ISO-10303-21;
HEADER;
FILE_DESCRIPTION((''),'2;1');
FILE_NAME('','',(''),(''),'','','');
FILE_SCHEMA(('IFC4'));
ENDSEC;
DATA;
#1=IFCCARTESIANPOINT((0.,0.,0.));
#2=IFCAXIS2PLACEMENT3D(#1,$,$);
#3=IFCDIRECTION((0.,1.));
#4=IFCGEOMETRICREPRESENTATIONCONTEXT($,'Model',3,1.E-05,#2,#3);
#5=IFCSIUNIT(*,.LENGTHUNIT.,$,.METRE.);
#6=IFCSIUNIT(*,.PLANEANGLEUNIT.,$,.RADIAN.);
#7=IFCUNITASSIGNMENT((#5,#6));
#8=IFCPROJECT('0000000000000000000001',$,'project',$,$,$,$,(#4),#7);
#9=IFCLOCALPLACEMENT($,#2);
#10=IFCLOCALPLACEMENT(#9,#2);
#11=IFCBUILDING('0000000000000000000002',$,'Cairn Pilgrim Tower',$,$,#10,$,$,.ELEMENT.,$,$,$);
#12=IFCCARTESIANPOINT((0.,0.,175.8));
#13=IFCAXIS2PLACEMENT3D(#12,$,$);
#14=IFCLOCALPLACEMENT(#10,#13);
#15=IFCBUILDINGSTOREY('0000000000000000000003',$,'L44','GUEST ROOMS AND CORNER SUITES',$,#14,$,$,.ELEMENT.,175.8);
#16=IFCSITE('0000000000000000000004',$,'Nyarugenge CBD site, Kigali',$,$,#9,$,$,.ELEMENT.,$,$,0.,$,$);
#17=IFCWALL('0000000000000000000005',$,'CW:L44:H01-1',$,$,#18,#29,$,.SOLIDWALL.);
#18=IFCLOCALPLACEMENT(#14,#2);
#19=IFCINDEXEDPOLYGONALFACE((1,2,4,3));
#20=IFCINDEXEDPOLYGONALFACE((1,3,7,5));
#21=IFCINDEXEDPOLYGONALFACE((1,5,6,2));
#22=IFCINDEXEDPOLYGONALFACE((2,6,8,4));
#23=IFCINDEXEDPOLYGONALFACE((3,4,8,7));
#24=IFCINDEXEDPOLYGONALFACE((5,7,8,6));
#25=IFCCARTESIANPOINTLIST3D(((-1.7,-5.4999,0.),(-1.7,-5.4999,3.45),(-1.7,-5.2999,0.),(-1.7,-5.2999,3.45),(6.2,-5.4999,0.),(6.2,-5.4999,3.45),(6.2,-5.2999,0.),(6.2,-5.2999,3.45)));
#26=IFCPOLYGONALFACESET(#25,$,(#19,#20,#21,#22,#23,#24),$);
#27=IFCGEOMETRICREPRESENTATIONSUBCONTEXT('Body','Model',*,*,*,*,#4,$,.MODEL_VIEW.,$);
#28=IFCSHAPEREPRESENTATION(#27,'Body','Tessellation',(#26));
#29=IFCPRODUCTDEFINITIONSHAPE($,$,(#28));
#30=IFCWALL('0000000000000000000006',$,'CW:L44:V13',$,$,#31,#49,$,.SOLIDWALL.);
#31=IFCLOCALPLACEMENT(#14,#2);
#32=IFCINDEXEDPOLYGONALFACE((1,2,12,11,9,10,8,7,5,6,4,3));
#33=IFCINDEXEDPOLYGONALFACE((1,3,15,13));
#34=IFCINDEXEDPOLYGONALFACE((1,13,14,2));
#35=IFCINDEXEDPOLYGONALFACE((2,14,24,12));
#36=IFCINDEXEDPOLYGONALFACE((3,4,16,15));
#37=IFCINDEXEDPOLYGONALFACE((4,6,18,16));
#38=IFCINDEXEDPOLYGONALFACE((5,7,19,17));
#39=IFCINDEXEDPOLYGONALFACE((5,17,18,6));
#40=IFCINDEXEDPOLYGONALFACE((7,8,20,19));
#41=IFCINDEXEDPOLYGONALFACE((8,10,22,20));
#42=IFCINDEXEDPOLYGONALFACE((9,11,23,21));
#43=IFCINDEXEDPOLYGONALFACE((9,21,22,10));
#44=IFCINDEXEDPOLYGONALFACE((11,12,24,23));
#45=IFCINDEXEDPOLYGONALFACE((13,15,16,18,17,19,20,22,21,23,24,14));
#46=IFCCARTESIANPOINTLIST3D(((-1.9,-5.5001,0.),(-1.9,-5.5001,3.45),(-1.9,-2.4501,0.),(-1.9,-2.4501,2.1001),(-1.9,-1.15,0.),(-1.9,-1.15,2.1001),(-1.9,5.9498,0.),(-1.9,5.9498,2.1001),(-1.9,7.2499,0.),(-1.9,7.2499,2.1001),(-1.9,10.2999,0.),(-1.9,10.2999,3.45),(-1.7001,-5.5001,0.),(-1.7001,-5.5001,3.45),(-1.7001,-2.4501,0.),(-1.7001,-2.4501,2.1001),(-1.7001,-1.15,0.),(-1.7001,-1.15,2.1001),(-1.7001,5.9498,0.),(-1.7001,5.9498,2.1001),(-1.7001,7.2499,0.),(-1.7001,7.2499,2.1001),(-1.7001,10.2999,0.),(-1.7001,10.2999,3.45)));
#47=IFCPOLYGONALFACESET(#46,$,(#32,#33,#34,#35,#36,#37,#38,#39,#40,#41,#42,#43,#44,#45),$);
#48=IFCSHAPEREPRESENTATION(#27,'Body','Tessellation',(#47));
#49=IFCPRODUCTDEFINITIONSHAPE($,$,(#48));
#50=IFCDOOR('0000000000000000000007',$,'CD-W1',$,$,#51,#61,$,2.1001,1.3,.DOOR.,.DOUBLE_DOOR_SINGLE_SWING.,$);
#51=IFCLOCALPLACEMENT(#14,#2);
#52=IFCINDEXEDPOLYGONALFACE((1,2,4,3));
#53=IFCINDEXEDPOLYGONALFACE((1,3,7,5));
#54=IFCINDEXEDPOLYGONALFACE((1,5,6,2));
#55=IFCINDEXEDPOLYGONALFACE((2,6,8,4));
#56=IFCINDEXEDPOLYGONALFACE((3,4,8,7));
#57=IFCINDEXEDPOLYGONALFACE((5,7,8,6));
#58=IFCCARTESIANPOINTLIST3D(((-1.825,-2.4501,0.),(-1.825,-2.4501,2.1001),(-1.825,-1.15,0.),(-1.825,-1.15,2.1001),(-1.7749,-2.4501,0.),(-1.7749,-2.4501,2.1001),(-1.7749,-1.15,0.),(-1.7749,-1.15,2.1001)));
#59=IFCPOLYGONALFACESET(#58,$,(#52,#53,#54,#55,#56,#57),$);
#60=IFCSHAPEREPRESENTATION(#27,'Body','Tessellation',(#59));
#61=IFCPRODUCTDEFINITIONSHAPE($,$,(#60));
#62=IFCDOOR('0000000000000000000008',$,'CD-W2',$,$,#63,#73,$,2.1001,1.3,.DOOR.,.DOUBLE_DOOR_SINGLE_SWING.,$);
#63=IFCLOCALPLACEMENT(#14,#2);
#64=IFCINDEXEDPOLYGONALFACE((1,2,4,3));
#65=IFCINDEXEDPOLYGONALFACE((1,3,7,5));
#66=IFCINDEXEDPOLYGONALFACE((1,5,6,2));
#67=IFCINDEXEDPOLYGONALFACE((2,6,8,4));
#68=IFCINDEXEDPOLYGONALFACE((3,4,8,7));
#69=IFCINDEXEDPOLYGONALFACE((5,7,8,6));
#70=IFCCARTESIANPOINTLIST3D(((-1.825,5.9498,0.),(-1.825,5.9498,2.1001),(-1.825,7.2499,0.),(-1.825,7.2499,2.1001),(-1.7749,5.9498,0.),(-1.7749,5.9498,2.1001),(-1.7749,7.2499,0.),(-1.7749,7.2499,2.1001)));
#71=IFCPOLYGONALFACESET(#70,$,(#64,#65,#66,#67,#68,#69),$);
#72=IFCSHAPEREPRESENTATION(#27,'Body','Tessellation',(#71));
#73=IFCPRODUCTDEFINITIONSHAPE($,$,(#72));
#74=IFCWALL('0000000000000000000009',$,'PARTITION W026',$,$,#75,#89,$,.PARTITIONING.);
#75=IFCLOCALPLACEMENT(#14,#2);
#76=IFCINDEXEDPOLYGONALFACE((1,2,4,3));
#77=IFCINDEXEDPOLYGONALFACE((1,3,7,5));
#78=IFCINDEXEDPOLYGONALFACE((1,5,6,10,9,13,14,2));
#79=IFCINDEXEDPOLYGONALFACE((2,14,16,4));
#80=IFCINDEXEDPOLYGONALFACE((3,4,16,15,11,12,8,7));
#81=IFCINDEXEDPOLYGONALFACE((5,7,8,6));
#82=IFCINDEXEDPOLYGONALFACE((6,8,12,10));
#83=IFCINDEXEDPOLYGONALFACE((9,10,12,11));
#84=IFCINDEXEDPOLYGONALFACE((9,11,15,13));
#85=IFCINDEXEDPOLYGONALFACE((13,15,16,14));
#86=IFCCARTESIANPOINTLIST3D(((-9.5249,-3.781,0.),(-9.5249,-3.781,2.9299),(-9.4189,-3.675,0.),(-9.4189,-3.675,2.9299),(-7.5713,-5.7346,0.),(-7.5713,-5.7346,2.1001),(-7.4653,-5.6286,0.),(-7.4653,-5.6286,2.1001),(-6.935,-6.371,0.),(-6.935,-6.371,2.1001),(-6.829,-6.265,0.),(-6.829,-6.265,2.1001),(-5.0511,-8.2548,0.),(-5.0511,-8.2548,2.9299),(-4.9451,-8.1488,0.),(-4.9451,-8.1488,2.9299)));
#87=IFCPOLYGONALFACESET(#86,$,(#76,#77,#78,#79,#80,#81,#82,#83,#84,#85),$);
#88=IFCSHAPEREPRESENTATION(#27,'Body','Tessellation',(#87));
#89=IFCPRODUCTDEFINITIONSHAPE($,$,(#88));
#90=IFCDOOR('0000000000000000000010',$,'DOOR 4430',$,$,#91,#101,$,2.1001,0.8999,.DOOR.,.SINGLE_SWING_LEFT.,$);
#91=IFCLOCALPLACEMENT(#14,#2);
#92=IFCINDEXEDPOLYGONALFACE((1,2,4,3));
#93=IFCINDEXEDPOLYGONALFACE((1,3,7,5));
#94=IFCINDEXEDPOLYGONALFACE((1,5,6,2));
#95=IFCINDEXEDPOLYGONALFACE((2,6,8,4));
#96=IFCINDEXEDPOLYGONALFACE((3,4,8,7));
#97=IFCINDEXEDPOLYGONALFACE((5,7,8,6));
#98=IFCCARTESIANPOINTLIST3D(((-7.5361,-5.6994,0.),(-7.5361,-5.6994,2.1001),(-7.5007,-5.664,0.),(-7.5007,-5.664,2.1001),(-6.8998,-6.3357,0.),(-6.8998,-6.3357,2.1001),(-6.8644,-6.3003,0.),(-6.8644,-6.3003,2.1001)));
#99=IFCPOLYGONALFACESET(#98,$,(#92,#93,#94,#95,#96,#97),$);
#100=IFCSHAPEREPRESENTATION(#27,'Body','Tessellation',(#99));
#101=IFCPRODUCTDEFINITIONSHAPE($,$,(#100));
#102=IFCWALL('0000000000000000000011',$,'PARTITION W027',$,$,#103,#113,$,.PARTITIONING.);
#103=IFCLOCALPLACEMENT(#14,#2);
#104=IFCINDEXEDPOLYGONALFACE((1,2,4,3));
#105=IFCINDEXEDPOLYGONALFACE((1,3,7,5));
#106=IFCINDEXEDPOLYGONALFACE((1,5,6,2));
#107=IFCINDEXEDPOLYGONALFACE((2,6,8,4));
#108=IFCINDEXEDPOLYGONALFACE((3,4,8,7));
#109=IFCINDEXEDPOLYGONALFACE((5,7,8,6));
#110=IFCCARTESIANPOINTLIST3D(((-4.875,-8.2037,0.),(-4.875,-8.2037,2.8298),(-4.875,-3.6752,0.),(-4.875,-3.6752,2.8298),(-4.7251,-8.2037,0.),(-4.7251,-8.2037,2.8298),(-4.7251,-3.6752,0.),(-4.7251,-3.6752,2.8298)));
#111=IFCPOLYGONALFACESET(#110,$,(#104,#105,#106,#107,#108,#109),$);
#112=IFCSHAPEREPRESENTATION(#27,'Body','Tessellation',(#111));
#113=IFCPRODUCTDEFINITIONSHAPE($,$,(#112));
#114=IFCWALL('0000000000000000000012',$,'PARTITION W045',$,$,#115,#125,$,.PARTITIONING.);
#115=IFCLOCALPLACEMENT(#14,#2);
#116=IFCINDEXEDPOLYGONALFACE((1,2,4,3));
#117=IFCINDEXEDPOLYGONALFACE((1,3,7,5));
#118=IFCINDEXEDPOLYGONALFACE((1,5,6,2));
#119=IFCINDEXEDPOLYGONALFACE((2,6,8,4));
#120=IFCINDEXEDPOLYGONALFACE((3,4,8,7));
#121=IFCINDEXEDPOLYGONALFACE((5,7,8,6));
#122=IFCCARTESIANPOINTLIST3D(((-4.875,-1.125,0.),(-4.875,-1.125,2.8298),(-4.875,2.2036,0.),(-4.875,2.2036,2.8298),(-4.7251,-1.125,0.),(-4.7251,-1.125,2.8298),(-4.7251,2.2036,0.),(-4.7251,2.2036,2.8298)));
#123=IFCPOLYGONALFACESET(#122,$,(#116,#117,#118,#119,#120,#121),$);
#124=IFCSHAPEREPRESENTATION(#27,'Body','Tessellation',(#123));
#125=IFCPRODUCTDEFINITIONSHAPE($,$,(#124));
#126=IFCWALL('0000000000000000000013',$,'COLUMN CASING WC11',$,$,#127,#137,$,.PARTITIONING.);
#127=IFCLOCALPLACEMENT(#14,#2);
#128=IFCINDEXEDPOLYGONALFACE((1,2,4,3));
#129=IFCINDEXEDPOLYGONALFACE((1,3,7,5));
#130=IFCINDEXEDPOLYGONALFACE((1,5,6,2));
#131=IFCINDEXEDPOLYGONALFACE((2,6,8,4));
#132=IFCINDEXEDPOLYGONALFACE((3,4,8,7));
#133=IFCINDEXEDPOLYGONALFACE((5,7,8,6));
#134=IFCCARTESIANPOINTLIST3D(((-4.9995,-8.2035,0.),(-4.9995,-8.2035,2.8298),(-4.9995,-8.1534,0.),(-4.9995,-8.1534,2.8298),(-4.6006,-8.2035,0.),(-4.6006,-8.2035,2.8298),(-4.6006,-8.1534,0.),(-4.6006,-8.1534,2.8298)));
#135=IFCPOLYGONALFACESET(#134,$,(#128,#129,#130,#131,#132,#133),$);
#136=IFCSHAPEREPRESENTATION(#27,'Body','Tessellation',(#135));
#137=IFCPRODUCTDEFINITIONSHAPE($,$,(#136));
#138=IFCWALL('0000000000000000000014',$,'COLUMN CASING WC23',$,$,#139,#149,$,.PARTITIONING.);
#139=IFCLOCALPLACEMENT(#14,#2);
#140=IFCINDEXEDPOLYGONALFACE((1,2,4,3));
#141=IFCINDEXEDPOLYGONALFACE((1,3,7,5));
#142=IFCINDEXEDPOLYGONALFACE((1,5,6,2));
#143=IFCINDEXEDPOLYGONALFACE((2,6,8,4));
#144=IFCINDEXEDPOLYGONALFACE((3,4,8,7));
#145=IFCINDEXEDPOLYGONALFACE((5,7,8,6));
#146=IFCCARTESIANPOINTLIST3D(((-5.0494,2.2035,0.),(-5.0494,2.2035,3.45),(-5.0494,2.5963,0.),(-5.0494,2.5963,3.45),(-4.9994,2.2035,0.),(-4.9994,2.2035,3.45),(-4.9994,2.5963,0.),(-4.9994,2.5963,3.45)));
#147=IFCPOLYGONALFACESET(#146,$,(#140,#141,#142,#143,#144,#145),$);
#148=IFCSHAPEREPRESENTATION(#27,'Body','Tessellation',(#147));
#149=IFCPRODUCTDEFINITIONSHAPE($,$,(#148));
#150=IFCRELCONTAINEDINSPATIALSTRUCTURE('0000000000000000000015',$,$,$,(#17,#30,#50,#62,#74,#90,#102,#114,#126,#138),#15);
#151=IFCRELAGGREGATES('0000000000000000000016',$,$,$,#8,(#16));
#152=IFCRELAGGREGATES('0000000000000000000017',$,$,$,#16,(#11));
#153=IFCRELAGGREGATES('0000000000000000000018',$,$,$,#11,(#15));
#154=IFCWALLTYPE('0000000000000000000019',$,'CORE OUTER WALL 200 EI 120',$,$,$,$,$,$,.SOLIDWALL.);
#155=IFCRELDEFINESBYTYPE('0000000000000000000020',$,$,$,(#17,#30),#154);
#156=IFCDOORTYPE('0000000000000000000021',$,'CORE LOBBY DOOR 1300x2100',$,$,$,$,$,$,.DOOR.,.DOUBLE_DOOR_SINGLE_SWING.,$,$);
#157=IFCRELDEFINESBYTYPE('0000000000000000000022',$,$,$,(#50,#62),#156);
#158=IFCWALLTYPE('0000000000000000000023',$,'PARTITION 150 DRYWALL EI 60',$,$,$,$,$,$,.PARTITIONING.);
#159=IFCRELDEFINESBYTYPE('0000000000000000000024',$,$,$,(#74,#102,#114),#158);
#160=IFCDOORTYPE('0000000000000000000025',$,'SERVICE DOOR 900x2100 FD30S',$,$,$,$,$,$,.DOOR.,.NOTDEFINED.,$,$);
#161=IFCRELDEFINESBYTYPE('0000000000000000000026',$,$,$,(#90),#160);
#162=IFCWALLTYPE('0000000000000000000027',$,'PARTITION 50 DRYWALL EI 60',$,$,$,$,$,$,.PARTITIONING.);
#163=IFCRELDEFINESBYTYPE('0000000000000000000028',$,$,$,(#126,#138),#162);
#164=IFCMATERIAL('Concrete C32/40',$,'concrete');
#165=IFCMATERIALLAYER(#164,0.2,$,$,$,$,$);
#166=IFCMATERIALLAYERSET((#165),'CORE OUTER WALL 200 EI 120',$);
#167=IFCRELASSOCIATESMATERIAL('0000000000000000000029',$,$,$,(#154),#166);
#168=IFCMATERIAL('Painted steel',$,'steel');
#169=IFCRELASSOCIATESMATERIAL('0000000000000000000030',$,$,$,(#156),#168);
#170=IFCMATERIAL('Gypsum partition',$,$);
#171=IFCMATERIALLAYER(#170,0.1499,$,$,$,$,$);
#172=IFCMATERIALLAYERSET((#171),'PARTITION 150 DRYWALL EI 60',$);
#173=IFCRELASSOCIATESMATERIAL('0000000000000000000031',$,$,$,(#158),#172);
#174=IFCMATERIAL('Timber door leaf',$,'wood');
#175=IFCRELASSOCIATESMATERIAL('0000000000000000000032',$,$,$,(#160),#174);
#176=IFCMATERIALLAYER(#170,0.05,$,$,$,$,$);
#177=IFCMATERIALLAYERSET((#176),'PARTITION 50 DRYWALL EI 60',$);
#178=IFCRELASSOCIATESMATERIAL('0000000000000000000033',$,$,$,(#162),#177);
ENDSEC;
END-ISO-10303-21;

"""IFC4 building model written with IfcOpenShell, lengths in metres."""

from ifc_helpers import new_model, si_unit, direction, frame, frame_2d, origin, place, context, subcontext, project, spatial, rectangle, extrude, material, layer, layer_set, type_object, element, fill, save


model = new_model("IFC4")

# Units and contexts
model_context = context("Model", 3, precision=1e-05, world=origin(), true_north=direction((0.0, 1.0)))
body_context = subcontext(model_context, "Body", "Model", "MODEL_VIEW")
ifc_project = project(units=[si_unit("LENGTHUNIT", "METRE"), si_unit("PLANEANGLEUNIT", "RADIAN")], contexts=[model_context])

# Site, building, storey
site_placement = place(None, origin())
site = spatial("IfcSite", under=ifc_project, at=site_placement, Name="Nyarugenge CBD site, Kigali", CompositionType="ELEMENT", RefElevation=0.0)
building_placement = place(site_placement, origin())
building = spatial("IfcBuilding", under=site, at=building_placement, Name="Cairn Pilgrim Tower", CompositionType="ELEMENT")
storey_placement = place(building_placement, frame((0.0, 0.0, 175.8)))
storey = spatial("IfcBuildingStorey", under=building, at=storey_placement, Name="L44", Description="GUEST ROOMS AND CORNER SUITES", CompositionType="ELEMENT", Elevation=175.8)

# Wall
ifc_material_1 = material(Name="Concrete C32/40", Category="concrete")
ifc_layer_1 = layer(ifc_material_1, 0.2)
ifc_layer_set_1 = layer_set([ifc_layer_1], Name="CORE OUTER WALL 200 EI 120")
wall_type_1 = type_object("IfcWallType", Name="CORE OUTER WALL 200 EI 120", PredefinedType="SOLIDWALL", material=ifc_layer_set_1)
wall_1_placement = place(storey_placement, frame((-1.7, -5.3999, 0.0), z_axis=(0.0, 0.0, 1.0), x_axis=(1.0, 0.0, 0.0)))
element("IfcWall", 1, at=wall_1_placement, inside=storey, type_object=wall_type_1, Name="CW:L44:H01-1", PredefinedType="SOLIDWALL", context=body_context, shape_type="SweptSolid", body=[
    extrude(rectangle(XDim=7.8999, YDim=0.2, at=frame_2d((3.95, 0.0))), origin(), (0.0, 0.0, 1.0), 3.45),
])

# Wall, openings, doors
wall_2_placement = place(storey_placement, frame((-1.8, -5.5, 0.0), z_axis=(0.0, 0.0, 1.0), x_axis=(0.0, 1.0, 0.0)))
wall_2 = element("IfcWall", 2, at=wall_2_placement, inside=storey, type_object=wall_type_1, Name="CW:L44:V13", PredefinedType="SOLIDWALL", context=body_context, shape_type="SweptSolid", body=[
    extrude(rectangle(XDim=15.8, YDim=0.2, at=frame_2d((7.8999, 0.0))), origin(), (0.0, 0.0, 1.0), 3.45),
])
opening_1_placement = place(wall_2_placement, frame((3.05, 0.0, 0.0)))
opening_1 = element("IfcOpeningElement", 3, at=opening_1_placement, cuts=wall_2, PredefinedType="OPENING", context=body_context, shape_type="SweptSolid", body=[
    extrude(rectangle(XDim=1.3, YDim=2.1001, at=frame_2d((0.6499, 1.05))), frame((0.0, 0.1099, 0.0), z_axis=(0.0, -1.0, 0.0), x_axis=(1.0, 0.0, 0.0)), (0.0, 0.0, 1.0), 0.22),
])
opening_2_placement = place(wall_2_placement, frame((11.45, 0.0, 0.0)))
opening_2 = element("IfcOpeningElement", 4, at=opening_2_placement, cuts=wall_2, PredefinedType="OPENING", context=body_context, shape_type="SweptSolid", body=[
    extrude(rectangle(XDim=1.3, YDim=2.1001, at=frame_2d((0.6499, 1.05))), frame((0.0, 0.1099, 0.0), z_axis=(0.0, -1.0, 0.0), x_axis=(1.0, 0.0, 0.0)), (0.0, 0.0, 1.0), 0.22),
])
ifc_material_2 = material(Name="Painted steel", Category="steel")
door_type_1 = type_object("IfcDoorType", Name="CORE LOBBY DOOR 1300x2100", OperationType="DOUBLE_DOOR_SINGLE_SWING", PredefinedType="DOOR", material=ifc_material_2)
door_1_placement = place(opening_1_placement, origin())
door_1 = element("IfcDoor", 5, at=door_1_placement, inside=storey, type_object=door_type_1, Name="CD-W1", OperationType="DOUBLE_DOOR_SINGLE_SWING", OverallHeight=2.1001, OverallWidth=1.3, PredefinedType="DOOR", context=body_context, shape_type="SweptSolid", body=[
    extrude(rectangle(XDim=1.3, YDim=2.1001, at=frame_2d((0.6499, 1.05))), frame((0.0, 0.0249, 0.0), z_axis=(0.0, -1.0, 0.0), x_axis=(1.0, 0.0, 0.0)), (0.0, 0.0, 1.0), 0.05),
])
fill(opening_1, door_1)
door_2_placement = place(opening_2_placement, origin())
door_2 = element("IfcDoor", 6, at=door_2_placement, inside=storey, type_object=door_type_1, Name="CD-W2", OperationType="DOUBLE_DOOR_SINGLE_SWING", OverallHeight=2.1001, OverallWidth=1.3, PredefinedType="DOOR", context=body_context, shape_type="SweptSolid", body=[
    extrude(rectangle(XDim=1.3, YDim=2.1001, at=frame_2d((0.6499, 1.05))), frame((0.0, 0.0249, 0.0), z_axis=(0.0, -1.0, 0.0), x_axis=(1.0, 0.0, 0.0)), (0.0, 0.0, 1.0), 0.05),
])
fill(opening_2, door_2)

# Wall, opening, door
ifc_material_3 = material(Name="Gypsum partition")
ifc_layer_2 = layer(ifc_material_3, 0.1499)
ifc_layer_set_2 = layer_set([ifc_layer_2], Name="PARTITION 150 DRYWALL EI 60")
wall_type_2 = type_object("IfcWallType", Name="PARTITION 150 DRYWALL EI 60", PredefinedType="PARTITIONING", material=ifc_layer_set_2)
wall_3_placement = place(storey_placement, frame((-4.998, -8.2019, 0.0), z_axis=(0.0, 0.0, 1.0), x_axis=(-0.707107, 0.707107, 0.0)))
wall_3 = element("IfcWall", 7, at=wall_3_placement, inside=storey, type_object=wall_type_2, Name="PARTITION W026", PredefinedType="PARTITIONING", context=body_context, shape_type="SweptSolid", body=[
    extrude(rectangle(XDim=6.3269, YDim=0.1499, at=frame_2d((3.1636, 0.0))), origin(), (0.0, 0.0, 1.0), 2.9299),
])
opening_3_placement = place(wall_3_placement, frame((2.6643, 0.0, 0.0)))
opening_3 = element("IfcOpeningElement", 8, at=opening_3_placement, cuts=wall_3, PredefinedType="OPENING", context=body_context, shape_type="SweptSolid", body=[
    extrude(rectangle(XDim=0.8999, YDim=2.1001, at=frame_2d((0.45, 1.05))), frame((0.0, 0.085, 0.0), z_axis=(0.0, -1.0, 0.0), x_axis=(1.0, 0.0, 0.0)), (0.0, 0.0, 1.0), 0.1699),
])
ifc_material_4 = material(Name="Timber door leaf", Category="wood")
door_type_2 = type_object("IfcDoorType", Name="SERVICE DOOR 900x2100 FD30S", OperationType="NOTDEFINED", PredefinedType="DOOR", material=ifc_material_4)
door_3_placement = place(opening_3_placement, frame((0.8999, 0.0, 0.0), z_axis=(0.0, 0.0, 1.0), x_axis=(-1.0, 0.0, 0.0)))
door_3 = element("IfcDoor", 9, at=door_3_placement, inside=storey, type_object=door_type_2, Name="DOOR 4430", OperationType="SINGLE_SWING_LEFT", OverallHeight=2.1001, OverallWidth=0.8999, PredefinedType="DOOR", context=body_context, shape_type="SweptSolid", body=[
    extrude(rectangle(XDim=0.8999, YDim=2.1001, at=frame_2d((0.45, 1.05))), frame((0.0, 0.0249, 0.0), z_axis=(0.0, -1.0, 0.0), x_axis=(1.0, 0.0, 0.0)), (0.0, 0.0, 1.0), 0.05),
])
fill(opening_3, door_3)

# Walls
wall_4_placement = place(storey_placement, frame((-4.8, -8.2036, 0.0), z_axis=(0.0, 0.0, 1.0), x_axis=(0.0, 1.0, 0.0)))
element("IfcWall", 10, at=wall_4_placement, inside=storey, type_object=wall_type_2, Name="PARTITION W027", PredefinedType="PARTITIONING", context=body_context, shape_type="SweptSolid", body=[
    extrude(rectangle(XDim=4.5286, YDim=0.1499, at=frame_2d((2.2642, 0.0))), origin(), (0.0, 0.0, 1.0), 2.8298),
])
wall_5_placement = place(storey_placement, frame((-4.8, -1.125, 0.0), z_axis=(0.0, 0.0, 1.0), x_axis=(0.0, 1.0, 0.0)))
element("IfcWall", 11, at=wall_5_placement, inside=storey, type_object=wall_type_2, Name="PARTITION W045", PredefinedType="PARTITIONING", context=body_context, shape_type="SweptSolid", body=[
    extrude(rectangle(XDim=3.3286, YDim=0.1499, at=frame_2d((1.6643, 0.0))), origin(), (0.0, 0.0, 1.0), 2.8298),
])
ifc_layer_3 = layer(ifc_material_3, 0.05)
ifc_layer_set_3 = layer_set([ifc_layer_3], Name="PARTITION 50 DRYWALL EI 60")
wall_type_3 = type_object("IfcWallType", Name="PARTITION 50 DRYWALL EI 60", PredefinedType="PARTITIONING", material=ifc_layer_set_3)
wall_6_placement = place(storey_placement, frame((-4.9995, -8.1785, 0.0), z_axis=(0.0, 0.0, 1.0), x_axis=(1.0, 0.0, 0.0)))
element("IfcWall", 12, at=wall_6_placement, inside=storey, type_object=wall_type_3, Name="COLUMN CASING WC11", PredefinedType="PARTITIONING", context=body_context, shape_type="SweptSolid", body=[
    extrude(rectangle(XDim=0.3989, YDim=0.05, at=frame_2d((0.1995, 0.0))), origin(), (0.0, 0.0, 1.0), 2.8298),
])
wall_7_placement = place(storey_placement, frame((-5.0244, 2.2036, 0.0), z_axis=(0.0, 0.0, 1.0), x_axis=(0.0, 1.0, 0.0)))
element("IfcWall", 13, at=wall_7_placement, inside=storey, type_object=wall_type_3, Name="COLUMN CASING WC23", PredefinedType="PARTITIONING", context=body_context, shape_type="SweptSolid", body=[
    extrude(rectangle(XDim=0.3928, YDim=0.05, at=frame_2d((0.1963, 0.0))), origin(), (0.0, 0.0, 1.0), 3.45),
])

save(model, "model.ifc")
